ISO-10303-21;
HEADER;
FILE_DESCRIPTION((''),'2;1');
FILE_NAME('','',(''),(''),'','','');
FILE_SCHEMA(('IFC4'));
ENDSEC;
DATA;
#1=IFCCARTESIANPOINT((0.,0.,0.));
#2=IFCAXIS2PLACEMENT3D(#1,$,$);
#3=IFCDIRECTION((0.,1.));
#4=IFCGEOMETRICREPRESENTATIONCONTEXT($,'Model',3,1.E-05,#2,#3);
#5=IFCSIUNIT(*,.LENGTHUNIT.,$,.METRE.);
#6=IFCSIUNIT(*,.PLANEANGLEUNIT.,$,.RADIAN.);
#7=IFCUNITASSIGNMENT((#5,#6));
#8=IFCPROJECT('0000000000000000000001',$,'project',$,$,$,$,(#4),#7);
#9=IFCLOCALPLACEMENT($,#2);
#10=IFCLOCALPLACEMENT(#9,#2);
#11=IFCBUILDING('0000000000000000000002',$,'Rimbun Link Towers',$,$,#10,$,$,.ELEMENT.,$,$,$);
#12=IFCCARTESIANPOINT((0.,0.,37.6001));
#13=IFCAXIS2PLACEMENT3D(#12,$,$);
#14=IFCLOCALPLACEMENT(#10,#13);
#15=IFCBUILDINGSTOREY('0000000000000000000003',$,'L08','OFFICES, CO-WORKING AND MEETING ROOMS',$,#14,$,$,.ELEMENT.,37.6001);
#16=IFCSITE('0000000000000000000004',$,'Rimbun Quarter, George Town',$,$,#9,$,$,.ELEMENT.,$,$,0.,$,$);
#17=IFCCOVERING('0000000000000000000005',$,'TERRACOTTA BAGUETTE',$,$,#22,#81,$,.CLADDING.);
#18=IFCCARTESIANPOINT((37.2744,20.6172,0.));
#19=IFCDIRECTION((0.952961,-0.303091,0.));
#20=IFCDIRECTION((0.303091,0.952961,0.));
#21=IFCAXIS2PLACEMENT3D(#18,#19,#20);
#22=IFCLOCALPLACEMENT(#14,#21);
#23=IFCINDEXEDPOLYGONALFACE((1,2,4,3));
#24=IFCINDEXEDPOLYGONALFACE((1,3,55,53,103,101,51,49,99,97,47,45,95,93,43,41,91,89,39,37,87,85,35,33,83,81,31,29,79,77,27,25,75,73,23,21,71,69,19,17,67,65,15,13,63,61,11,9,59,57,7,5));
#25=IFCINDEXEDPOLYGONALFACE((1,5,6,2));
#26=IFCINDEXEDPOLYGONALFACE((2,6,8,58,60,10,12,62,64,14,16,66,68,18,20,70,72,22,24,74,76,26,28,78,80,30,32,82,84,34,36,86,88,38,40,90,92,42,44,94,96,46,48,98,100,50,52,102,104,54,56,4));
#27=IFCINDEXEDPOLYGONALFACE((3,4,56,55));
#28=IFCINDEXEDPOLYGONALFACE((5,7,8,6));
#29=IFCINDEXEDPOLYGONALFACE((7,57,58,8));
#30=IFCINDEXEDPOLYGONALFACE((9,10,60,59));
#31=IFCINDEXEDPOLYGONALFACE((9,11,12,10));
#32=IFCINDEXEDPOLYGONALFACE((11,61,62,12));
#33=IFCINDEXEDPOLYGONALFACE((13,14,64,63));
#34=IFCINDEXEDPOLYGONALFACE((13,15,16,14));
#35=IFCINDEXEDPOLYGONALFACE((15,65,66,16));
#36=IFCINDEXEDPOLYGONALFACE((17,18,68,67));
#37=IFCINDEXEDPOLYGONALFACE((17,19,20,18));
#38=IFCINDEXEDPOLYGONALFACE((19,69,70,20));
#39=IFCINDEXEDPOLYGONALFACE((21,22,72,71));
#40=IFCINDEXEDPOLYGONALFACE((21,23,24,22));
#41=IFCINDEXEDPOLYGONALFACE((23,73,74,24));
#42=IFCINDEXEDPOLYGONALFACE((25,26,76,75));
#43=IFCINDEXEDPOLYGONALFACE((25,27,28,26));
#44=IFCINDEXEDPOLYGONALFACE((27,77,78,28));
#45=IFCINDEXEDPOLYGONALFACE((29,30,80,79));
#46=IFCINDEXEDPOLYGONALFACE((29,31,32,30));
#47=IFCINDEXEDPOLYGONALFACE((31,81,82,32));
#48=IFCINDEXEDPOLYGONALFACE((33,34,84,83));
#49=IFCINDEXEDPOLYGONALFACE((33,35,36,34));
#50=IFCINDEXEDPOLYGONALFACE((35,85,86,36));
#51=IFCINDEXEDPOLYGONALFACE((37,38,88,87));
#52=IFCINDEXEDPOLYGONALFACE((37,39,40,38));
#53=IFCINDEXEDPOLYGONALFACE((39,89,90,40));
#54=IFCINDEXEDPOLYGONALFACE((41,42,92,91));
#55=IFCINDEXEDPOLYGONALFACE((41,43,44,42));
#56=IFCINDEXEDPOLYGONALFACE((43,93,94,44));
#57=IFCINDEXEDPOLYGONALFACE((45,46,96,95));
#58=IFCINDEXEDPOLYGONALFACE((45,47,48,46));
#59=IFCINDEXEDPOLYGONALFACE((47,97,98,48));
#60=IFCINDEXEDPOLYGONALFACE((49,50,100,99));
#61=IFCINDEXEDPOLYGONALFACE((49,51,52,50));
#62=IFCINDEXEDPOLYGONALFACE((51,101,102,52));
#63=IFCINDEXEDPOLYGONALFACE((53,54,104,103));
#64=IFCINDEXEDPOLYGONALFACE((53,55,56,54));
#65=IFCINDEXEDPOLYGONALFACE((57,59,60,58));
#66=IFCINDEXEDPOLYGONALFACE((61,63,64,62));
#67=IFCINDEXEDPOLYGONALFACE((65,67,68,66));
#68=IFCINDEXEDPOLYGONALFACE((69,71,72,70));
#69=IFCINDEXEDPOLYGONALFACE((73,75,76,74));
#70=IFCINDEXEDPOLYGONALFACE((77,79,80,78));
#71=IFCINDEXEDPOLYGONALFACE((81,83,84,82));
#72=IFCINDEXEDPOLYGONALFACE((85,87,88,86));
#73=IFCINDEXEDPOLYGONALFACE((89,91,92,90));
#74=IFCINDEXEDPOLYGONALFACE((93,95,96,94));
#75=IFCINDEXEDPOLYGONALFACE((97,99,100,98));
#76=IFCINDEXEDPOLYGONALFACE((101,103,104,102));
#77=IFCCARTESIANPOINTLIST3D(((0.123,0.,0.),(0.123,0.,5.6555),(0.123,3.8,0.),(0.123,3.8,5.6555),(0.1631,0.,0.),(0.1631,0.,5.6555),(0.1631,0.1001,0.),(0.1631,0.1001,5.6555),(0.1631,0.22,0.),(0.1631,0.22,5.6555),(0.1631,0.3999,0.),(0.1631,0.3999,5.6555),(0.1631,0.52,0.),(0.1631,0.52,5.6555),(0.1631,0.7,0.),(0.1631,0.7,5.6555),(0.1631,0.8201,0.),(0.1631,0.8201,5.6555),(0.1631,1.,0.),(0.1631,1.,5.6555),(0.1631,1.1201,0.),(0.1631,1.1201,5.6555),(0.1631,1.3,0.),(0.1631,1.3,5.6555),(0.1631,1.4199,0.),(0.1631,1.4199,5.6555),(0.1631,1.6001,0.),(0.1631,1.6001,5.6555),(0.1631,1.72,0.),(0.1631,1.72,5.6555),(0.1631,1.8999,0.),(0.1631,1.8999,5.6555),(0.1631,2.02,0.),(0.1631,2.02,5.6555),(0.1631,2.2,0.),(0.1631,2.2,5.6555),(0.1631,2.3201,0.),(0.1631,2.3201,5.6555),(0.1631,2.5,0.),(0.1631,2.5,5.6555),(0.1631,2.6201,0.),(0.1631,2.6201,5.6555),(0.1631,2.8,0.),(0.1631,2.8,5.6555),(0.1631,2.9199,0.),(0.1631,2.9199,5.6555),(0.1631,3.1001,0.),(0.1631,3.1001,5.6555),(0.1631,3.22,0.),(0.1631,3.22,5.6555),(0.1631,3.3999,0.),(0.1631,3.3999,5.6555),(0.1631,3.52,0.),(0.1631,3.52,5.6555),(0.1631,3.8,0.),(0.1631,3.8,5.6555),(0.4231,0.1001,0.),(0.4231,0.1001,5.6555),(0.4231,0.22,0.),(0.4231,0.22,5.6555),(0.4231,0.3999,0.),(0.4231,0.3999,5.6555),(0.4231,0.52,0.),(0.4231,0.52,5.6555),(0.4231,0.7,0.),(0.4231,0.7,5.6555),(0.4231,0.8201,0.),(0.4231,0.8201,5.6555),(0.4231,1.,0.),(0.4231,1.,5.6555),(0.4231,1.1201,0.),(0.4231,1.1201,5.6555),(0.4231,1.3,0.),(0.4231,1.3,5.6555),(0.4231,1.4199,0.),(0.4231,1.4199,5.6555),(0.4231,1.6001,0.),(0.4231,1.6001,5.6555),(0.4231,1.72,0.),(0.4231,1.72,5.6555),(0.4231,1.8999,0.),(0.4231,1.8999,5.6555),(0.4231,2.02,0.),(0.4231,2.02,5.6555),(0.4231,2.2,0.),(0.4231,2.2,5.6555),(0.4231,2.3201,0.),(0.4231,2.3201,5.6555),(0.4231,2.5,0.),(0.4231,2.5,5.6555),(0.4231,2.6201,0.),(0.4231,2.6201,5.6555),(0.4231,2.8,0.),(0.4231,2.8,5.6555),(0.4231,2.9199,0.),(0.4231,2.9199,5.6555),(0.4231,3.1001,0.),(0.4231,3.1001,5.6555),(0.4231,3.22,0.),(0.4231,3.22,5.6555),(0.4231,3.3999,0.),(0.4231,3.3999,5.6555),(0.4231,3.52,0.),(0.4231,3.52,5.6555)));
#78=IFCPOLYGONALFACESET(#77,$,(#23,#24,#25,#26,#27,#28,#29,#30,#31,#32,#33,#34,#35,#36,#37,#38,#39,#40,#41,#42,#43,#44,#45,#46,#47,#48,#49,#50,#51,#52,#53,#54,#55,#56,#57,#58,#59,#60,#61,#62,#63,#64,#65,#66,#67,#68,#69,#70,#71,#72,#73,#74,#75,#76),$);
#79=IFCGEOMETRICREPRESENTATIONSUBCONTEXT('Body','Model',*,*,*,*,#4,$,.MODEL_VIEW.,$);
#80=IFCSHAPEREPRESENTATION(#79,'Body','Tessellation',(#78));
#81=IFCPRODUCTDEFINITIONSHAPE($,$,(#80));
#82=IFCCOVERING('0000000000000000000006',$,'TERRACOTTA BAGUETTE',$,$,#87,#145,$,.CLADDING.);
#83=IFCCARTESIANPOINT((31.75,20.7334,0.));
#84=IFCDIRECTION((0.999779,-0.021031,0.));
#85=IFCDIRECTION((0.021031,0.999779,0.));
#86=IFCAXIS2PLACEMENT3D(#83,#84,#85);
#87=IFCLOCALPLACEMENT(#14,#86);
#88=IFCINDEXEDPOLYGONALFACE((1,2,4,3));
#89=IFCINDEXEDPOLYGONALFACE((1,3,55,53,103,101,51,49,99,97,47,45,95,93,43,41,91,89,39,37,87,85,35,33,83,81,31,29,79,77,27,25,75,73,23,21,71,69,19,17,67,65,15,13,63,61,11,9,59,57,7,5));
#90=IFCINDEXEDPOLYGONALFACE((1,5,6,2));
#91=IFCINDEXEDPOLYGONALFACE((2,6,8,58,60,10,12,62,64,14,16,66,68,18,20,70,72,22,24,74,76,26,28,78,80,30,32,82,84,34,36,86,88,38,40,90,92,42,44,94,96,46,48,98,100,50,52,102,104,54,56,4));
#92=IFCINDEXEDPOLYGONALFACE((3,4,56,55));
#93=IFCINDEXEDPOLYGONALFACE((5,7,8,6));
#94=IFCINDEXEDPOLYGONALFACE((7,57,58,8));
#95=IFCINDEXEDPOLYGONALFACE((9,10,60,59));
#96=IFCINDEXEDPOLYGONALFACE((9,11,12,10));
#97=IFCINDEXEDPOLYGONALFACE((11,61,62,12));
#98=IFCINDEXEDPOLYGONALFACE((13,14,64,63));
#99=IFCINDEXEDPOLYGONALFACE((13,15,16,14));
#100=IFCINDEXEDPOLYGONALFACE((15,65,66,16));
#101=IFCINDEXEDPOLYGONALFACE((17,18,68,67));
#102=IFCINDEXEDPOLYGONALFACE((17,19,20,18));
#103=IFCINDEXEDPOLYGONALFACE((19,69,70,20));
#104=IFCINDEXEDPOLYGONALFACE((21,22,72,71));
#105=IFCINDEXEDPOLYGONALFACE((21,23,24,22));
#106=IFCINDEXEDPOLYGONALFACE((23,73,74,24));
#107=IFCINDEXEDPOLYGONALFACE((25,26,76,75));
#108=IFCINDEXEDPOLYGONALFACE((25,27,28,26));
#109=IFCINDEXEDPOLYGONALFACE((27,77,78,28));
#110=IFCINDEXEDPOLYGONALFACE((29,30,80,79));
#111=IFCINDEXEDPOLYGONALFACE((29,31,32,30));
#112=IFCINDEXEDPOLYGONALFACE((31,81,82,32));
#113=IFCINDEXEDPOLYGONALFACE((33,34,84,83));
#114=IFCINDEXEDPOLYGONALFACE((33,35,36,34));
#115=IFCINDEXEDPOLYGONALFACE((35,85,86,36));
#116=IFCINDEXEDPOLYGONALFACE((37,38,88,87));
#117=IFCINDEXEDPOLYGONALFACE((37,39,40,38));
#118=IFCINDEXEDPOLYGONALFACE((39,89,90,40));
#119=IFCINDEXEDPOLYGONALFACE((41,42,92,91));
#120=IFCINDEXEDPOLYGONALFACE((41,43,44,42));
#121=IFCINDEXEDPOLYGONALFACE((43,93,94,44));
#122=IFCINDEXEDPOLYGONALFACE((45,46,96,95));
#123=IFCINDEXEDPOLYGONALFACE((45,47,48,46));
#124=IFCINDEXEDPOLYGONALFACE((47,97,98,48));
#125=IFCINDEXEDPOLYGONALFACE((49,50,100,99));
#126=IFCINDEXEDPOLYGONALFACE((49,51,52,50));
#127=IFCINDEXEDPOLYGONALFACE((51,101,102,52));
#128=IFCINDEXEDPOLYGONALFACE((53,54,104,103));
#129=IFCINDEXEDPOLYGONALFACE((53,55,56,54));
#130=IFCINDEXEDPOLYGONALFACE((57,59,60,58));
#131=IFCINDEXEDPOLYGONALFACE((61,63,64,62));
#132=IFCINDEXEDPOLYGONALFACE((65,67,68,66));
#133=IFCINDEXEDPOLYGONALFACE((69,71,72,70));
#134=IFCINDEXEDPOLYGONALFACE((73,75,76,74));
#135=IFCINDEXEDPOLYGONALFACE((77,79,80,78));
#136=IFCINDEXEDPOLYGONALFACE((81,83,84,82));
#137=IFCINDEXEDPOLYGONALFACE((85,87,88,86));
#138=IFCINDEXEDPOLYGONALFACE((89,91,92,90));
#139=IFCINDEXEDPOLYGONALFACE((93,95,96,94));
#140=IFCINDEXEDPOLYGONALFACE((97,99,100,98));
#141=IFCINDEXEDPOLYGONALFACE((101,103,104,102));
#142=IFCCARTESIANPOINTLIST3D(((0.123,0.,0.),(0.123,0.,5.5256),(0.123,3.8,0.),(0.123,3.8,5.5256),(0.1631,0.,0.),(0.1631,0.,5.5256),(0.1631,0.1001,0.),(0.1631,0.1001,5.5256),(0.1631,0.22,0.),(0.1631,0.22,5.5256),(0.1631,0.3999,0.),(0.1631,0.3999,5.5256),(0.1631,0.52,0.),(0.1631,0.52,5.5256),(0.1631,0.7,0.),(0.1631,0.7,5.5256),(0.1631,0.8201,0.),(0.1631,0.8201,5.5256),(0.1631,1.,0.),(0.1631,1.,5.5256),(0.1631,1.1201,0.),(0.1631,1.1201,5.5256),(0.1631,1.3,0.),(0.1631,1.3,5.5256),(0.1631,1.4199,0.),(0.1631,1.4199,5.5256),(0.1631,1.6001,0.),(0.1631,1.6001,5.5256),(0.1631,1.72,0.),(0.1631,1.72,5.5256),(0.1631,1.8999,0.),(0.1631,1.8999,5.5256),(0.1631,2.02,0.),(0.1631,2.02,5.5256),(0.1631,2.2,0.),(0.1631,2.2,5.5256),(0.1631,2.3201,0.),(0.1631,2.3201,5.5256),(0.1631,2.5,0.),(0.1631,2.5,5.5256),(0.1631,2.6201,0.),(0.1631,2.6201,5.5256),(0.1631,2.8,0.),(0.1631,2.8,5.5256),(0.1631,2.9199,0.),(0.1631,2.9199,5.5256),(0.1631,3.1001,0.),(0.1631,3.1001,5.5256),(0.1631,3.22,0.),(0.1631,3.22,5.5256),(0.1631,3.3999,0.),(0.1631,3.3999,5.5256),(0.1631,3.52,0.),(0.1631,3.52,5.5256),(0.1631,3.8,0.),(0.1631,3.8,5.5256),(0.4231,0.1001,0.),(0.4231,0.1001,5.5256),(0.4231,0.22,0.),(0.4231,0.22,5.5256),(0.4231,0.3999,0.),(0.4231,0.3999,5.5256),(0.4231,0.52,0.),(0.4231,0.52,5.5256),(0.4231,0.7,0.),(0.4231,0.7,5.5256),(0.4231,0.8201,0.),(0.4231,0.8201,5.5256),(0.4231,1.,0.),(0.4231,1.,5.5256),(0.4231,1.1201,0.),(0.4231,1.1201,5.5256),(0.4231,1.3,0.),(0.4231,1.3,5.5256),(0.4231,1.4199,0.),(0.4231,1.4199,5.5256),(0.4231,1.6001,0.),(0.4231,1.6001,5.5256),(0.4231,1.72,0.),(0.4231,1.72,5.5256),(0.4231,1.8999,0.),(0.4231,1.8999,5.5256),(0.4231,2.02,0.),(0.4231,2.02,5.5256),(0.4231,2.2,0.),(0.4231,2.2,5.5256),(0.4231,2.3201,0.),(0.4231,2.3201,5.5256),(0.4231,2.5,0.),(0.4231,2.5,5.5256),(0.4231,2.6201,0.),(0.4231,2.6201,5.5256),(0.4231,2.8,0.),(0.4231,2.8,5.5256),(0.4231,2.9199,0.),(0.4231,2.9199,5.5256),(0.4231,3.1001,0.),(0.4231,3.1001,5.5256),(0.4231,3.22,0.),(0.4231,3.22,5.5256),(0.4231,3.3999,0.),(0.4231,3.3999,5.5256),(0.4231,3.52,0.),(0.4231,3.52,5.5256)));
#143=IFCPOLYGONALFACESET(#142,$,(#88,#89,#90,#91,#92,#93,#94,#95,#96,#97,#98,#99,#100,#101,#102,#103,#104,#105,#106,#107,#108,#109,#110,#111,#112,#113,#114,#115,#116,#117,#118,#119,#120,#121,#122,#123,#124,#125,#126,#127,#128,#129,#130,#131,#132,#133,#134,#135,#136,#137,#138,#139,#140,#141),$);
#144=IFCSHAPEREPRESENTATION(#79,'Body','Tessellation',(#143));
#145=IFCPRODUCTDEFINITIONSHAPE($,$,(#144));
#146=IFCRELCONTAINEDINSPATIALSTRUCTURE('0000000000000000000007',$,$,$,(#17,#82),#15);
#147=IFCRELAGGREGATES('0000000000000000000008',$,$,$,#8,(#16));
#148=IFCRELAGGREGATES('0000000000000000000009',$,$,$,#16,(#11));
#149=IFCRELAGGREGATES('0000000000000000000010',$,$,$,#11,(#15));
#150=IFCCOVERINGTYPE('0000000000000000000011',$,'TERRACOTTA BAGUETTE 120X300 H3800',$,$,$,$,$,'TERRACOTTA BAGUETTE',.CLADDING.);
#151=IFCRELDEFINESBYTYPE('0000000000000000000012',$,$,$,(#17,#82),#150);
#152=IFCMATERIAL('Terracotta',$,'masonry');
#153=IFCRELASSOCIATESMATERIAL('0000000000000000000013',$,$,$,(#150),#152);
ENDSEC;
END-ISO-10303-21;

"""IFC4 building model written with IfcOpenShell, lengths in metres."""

from ifc_helpers import new_model, si_unit, direction, frame, origin, place, context, subcontext, project, spatial, polyline, outline, extrude, material, material_profile, profile_set, type_object, element, save


model = new_model("IFC4")

# Units and contexts
model_context = context("Model", 3, precision=1e-05, world=origin(), true_north=direction((0.0, 1.0)))
body_context = subcontext(model_context, "Body", "Model", "MODEL_VIEW")
ifc_project = project(units=[si_unit("LENGTHUNIT", "METRE"), si_unit("PLANEANGLEUNIT", "RADIAN")], contexts=[model_context])

# Site, building, storey
site_placement = place(None, origin())
site = spatial("IfcSite", under=ifc_project, at=site_placement, Name="Rimbun Quarter, George Town", CompositionType="ELEMENT", RefElevation=0.0)
building_placement = place(site_placement, origin())
building = spatial("IfcBuilding", under=site, at=building_placement, Name="Rimbun Link Towers", CompositionType="ELEMENT")
storey_placement = place(building_placement, frame((0.0, 0.0, 37.6001)))
storey = spatial("IfcBuildingStorey", under=building, at=storey_placement, Name="L08", Description="OFFICES, CO-WORKING AND MEETING ROOMS", CompositionType="ELEMENT", Elevation=37.6001)

# Coverings
ifc_material_1 = material(Name="Terracotta", Category="masonry")
ifc_material_profile_1 = material_profile(ifc_material_1, outline(polyline([(0.123, 0.0), (0.1631, 0.0), (0.1631, 0.1001), (0.4231, 0.1001), (0.4231, 0.22), (0.1631, 0.22), (0.1631, 0.3999), (0.4231, 0.3999), (0.4231, 0.52), (0.1631, 0.52), (0.1631, 0.7), (0.4231, 0.7), (0.4231, 0.8201), (0.1631, 0.8201), (0.1631, 1.0), (0.4231, 1.0), (0.4231, 1.1201), (0.1631, 1.1201), (0.1631, 1.3), (0.4231, 1.3), (0.4231, 1.4199), (0.1631, 1.4199), (0.1631, 1.6001), (0.4231, 1.6001), (0.4231, 1.72), (0.1631, 1.72), (0.1631, 1.8999), (0.4231, 1.8999), (0.4231, 2.02), (0.1631, 2.02), (0.1631, 2.2), (0.4231, 2.2), (0.4231, 2.3201), (0.1631, 2.3201), (0.1631, 2.5), (0.4231, 2.5), (0.4231, 2.6201), (0.1631, 2.6201), (0.1631, 2.8), (0.4231, 2.8), (0.4231, 2.9199), (0.1631, 2.9199), (0.1631, 3.1001), (0.4231, 3.1001), (0.4231, 3.22), (0.1631, 3.22), (0.1631, 3.3999), (0.4231, 3.3999), (0.4231, 3.52), (0.1631, 3.52), (0.1631, 3.8), (0.123, 3.8), (0.123, 0.0)])), Name="BAGUETTE 120X300")
ifc_profile_set_1 = profile_set([ifc_material_profile_1], Name="Terracotta")
covering_type = type_object("IfcCoveringType", Name="TERRACOTTA BAGUETTE 120X300 H3800", ElementType="TERRACOTTA BAGUETTE", PredefinedType="CLADDING", material=ifc_profile_set_1)
covering_1_placement = place(storey_placement, frame((37.2744, 20.6172, 0.0), z_axis=(0.952961, -0.303091, 0.0), x_axis=(0.303091, 0.952961, 0.0)))
element("IfcCovering", 1, at=covering_1_placement, inside=storey, type_object=covering_type, Name="TERRACOTTA BAGUETTE", PredefinedType="CLADDING", context=body_context, shape_type="SweptSolid", body=[
    extrude(outline(polyline([(0.123, 0.0), (0.1631, 0.0), (0.1631, 0.1001), (0.4231, 0.1001), (0.4231, 0.22), (0.1631, 0.22), (0.1631, 0.3999), (0.4231, 0.3999), (0.4231, 0.52), (0.1631, 0.52), (0.1631, 0.7), (0.4231, 0.7), (0.4231, 0.8201), (0.1631, 0.8201), (0.1631, 1.0), (0.4231, 1.0), (0.4231, 1.1201), (0.1631, 1.1201), (0.1631, 1.3), (0.4231, 1.3), (0.4231, 1.4199), (0.1631, 1.4199), (0.1631, 1.6001), (0.4231, 1.6001), (0.4231, 1.72), (0.1631, 1.72), (0.1631, 1.8999), (0.4231, 1.8999), (0.4231, 2.02), (0.1631, 2.02), (0.1631, 2.2), (0.4231, 2.2), (0.4231, 2.3201), (0.1631, 2.3201), (0.1631, 2.5), (0.4231, 2.5), (0.4231, 2.6201), (0.1631, 2.6201), (0.1631, 2.8), (0.4231, 2.8), (0.4231, 2.9199), (0.1631, 2.9199), (0.1631, 3.1001), (0.4231, 3.1001), (0.4231, 3.22), (0.1631, 3.22), (0.1631, 3.3999), (0.4231, 3.3999), (0.4231, 3.52), (0.1631, 3.52), (0.1631, 3.8), (0.123, 3.8), (0.123, 0.0)])), origin(), (0.0, 0.0, 1.0), 5.6555),
])
covering_2_placement = place(storey_placement, frame((31.75, 20.7334, 0.0), z_axis=(0.999779, -0.021031, 0.0), x_axis=(0.021031, 0.999779, 0.0)))
element("IfcCovering", 2, at=covering_2_placement, inside=storey, type_object=covering_type, Name="TERRACOTTA BAGUETTE", PredefinedType="CLADDING", context=body_context, shape_type="SweptSolid", body=[
    extrude(outline(polyline([(0.123, 0.0), (0.1631, 0.0), (0.1631, 0.1001), (0.4231, 0.1001), (0.4231, 0.22), (0.1631, 0.22), (0.1631, 0.3999), (0.4231, 0.3999), (0.4231, 0.52), (0.1631, 0.52), (0.1631, 0.7), (0.4231, 0.7), (0.4231, 0.8201), (0.1631, 0.8201), (0.1631, 1.0), (0.4231, 1.0), (0.4231, 1.1201), (0.1631, 1.1201), (0.1631, 1.3), (0.4231, 1.3), (0.4231, 1.4199), (0.1631, 1.4199), (0.1631, 1.6001), (0.4231, 1.6001), (0.4231, 1.72), (0.1631, 1.72), (0.1631, 1.8999), (0.4231, 1.8999), (0.4231, 2.02), (0.1631, 2.02), (0.1631, 2.2), (0.4231, 2.2), (0.4231, 2.3201), (0.1631, 2.3201), (0.1631, 2.5), (0.4231, 2.5), (0.4231, 2.6201), (0.1631, 2.6201), (0.1631, 2.8), (0.4231, 2.8), (0.4231, 2.9199), (0.1631, 2.9199), (0.1631, 3.1001), (0.4231, 3.1001), (0.4231, 3.22), (0.1631, 3.22), (0.1631, 3.3999), (0.4231, 3.3999), (0.4231, 3.52), (0.1631, 3.52), (0.1631, 3.8), (0.123, 3.8), (0.123, 0.0)])), origin(), (0.0, 0.0, 1.0), 5.5256),
])

save(model, "model.ifc")
